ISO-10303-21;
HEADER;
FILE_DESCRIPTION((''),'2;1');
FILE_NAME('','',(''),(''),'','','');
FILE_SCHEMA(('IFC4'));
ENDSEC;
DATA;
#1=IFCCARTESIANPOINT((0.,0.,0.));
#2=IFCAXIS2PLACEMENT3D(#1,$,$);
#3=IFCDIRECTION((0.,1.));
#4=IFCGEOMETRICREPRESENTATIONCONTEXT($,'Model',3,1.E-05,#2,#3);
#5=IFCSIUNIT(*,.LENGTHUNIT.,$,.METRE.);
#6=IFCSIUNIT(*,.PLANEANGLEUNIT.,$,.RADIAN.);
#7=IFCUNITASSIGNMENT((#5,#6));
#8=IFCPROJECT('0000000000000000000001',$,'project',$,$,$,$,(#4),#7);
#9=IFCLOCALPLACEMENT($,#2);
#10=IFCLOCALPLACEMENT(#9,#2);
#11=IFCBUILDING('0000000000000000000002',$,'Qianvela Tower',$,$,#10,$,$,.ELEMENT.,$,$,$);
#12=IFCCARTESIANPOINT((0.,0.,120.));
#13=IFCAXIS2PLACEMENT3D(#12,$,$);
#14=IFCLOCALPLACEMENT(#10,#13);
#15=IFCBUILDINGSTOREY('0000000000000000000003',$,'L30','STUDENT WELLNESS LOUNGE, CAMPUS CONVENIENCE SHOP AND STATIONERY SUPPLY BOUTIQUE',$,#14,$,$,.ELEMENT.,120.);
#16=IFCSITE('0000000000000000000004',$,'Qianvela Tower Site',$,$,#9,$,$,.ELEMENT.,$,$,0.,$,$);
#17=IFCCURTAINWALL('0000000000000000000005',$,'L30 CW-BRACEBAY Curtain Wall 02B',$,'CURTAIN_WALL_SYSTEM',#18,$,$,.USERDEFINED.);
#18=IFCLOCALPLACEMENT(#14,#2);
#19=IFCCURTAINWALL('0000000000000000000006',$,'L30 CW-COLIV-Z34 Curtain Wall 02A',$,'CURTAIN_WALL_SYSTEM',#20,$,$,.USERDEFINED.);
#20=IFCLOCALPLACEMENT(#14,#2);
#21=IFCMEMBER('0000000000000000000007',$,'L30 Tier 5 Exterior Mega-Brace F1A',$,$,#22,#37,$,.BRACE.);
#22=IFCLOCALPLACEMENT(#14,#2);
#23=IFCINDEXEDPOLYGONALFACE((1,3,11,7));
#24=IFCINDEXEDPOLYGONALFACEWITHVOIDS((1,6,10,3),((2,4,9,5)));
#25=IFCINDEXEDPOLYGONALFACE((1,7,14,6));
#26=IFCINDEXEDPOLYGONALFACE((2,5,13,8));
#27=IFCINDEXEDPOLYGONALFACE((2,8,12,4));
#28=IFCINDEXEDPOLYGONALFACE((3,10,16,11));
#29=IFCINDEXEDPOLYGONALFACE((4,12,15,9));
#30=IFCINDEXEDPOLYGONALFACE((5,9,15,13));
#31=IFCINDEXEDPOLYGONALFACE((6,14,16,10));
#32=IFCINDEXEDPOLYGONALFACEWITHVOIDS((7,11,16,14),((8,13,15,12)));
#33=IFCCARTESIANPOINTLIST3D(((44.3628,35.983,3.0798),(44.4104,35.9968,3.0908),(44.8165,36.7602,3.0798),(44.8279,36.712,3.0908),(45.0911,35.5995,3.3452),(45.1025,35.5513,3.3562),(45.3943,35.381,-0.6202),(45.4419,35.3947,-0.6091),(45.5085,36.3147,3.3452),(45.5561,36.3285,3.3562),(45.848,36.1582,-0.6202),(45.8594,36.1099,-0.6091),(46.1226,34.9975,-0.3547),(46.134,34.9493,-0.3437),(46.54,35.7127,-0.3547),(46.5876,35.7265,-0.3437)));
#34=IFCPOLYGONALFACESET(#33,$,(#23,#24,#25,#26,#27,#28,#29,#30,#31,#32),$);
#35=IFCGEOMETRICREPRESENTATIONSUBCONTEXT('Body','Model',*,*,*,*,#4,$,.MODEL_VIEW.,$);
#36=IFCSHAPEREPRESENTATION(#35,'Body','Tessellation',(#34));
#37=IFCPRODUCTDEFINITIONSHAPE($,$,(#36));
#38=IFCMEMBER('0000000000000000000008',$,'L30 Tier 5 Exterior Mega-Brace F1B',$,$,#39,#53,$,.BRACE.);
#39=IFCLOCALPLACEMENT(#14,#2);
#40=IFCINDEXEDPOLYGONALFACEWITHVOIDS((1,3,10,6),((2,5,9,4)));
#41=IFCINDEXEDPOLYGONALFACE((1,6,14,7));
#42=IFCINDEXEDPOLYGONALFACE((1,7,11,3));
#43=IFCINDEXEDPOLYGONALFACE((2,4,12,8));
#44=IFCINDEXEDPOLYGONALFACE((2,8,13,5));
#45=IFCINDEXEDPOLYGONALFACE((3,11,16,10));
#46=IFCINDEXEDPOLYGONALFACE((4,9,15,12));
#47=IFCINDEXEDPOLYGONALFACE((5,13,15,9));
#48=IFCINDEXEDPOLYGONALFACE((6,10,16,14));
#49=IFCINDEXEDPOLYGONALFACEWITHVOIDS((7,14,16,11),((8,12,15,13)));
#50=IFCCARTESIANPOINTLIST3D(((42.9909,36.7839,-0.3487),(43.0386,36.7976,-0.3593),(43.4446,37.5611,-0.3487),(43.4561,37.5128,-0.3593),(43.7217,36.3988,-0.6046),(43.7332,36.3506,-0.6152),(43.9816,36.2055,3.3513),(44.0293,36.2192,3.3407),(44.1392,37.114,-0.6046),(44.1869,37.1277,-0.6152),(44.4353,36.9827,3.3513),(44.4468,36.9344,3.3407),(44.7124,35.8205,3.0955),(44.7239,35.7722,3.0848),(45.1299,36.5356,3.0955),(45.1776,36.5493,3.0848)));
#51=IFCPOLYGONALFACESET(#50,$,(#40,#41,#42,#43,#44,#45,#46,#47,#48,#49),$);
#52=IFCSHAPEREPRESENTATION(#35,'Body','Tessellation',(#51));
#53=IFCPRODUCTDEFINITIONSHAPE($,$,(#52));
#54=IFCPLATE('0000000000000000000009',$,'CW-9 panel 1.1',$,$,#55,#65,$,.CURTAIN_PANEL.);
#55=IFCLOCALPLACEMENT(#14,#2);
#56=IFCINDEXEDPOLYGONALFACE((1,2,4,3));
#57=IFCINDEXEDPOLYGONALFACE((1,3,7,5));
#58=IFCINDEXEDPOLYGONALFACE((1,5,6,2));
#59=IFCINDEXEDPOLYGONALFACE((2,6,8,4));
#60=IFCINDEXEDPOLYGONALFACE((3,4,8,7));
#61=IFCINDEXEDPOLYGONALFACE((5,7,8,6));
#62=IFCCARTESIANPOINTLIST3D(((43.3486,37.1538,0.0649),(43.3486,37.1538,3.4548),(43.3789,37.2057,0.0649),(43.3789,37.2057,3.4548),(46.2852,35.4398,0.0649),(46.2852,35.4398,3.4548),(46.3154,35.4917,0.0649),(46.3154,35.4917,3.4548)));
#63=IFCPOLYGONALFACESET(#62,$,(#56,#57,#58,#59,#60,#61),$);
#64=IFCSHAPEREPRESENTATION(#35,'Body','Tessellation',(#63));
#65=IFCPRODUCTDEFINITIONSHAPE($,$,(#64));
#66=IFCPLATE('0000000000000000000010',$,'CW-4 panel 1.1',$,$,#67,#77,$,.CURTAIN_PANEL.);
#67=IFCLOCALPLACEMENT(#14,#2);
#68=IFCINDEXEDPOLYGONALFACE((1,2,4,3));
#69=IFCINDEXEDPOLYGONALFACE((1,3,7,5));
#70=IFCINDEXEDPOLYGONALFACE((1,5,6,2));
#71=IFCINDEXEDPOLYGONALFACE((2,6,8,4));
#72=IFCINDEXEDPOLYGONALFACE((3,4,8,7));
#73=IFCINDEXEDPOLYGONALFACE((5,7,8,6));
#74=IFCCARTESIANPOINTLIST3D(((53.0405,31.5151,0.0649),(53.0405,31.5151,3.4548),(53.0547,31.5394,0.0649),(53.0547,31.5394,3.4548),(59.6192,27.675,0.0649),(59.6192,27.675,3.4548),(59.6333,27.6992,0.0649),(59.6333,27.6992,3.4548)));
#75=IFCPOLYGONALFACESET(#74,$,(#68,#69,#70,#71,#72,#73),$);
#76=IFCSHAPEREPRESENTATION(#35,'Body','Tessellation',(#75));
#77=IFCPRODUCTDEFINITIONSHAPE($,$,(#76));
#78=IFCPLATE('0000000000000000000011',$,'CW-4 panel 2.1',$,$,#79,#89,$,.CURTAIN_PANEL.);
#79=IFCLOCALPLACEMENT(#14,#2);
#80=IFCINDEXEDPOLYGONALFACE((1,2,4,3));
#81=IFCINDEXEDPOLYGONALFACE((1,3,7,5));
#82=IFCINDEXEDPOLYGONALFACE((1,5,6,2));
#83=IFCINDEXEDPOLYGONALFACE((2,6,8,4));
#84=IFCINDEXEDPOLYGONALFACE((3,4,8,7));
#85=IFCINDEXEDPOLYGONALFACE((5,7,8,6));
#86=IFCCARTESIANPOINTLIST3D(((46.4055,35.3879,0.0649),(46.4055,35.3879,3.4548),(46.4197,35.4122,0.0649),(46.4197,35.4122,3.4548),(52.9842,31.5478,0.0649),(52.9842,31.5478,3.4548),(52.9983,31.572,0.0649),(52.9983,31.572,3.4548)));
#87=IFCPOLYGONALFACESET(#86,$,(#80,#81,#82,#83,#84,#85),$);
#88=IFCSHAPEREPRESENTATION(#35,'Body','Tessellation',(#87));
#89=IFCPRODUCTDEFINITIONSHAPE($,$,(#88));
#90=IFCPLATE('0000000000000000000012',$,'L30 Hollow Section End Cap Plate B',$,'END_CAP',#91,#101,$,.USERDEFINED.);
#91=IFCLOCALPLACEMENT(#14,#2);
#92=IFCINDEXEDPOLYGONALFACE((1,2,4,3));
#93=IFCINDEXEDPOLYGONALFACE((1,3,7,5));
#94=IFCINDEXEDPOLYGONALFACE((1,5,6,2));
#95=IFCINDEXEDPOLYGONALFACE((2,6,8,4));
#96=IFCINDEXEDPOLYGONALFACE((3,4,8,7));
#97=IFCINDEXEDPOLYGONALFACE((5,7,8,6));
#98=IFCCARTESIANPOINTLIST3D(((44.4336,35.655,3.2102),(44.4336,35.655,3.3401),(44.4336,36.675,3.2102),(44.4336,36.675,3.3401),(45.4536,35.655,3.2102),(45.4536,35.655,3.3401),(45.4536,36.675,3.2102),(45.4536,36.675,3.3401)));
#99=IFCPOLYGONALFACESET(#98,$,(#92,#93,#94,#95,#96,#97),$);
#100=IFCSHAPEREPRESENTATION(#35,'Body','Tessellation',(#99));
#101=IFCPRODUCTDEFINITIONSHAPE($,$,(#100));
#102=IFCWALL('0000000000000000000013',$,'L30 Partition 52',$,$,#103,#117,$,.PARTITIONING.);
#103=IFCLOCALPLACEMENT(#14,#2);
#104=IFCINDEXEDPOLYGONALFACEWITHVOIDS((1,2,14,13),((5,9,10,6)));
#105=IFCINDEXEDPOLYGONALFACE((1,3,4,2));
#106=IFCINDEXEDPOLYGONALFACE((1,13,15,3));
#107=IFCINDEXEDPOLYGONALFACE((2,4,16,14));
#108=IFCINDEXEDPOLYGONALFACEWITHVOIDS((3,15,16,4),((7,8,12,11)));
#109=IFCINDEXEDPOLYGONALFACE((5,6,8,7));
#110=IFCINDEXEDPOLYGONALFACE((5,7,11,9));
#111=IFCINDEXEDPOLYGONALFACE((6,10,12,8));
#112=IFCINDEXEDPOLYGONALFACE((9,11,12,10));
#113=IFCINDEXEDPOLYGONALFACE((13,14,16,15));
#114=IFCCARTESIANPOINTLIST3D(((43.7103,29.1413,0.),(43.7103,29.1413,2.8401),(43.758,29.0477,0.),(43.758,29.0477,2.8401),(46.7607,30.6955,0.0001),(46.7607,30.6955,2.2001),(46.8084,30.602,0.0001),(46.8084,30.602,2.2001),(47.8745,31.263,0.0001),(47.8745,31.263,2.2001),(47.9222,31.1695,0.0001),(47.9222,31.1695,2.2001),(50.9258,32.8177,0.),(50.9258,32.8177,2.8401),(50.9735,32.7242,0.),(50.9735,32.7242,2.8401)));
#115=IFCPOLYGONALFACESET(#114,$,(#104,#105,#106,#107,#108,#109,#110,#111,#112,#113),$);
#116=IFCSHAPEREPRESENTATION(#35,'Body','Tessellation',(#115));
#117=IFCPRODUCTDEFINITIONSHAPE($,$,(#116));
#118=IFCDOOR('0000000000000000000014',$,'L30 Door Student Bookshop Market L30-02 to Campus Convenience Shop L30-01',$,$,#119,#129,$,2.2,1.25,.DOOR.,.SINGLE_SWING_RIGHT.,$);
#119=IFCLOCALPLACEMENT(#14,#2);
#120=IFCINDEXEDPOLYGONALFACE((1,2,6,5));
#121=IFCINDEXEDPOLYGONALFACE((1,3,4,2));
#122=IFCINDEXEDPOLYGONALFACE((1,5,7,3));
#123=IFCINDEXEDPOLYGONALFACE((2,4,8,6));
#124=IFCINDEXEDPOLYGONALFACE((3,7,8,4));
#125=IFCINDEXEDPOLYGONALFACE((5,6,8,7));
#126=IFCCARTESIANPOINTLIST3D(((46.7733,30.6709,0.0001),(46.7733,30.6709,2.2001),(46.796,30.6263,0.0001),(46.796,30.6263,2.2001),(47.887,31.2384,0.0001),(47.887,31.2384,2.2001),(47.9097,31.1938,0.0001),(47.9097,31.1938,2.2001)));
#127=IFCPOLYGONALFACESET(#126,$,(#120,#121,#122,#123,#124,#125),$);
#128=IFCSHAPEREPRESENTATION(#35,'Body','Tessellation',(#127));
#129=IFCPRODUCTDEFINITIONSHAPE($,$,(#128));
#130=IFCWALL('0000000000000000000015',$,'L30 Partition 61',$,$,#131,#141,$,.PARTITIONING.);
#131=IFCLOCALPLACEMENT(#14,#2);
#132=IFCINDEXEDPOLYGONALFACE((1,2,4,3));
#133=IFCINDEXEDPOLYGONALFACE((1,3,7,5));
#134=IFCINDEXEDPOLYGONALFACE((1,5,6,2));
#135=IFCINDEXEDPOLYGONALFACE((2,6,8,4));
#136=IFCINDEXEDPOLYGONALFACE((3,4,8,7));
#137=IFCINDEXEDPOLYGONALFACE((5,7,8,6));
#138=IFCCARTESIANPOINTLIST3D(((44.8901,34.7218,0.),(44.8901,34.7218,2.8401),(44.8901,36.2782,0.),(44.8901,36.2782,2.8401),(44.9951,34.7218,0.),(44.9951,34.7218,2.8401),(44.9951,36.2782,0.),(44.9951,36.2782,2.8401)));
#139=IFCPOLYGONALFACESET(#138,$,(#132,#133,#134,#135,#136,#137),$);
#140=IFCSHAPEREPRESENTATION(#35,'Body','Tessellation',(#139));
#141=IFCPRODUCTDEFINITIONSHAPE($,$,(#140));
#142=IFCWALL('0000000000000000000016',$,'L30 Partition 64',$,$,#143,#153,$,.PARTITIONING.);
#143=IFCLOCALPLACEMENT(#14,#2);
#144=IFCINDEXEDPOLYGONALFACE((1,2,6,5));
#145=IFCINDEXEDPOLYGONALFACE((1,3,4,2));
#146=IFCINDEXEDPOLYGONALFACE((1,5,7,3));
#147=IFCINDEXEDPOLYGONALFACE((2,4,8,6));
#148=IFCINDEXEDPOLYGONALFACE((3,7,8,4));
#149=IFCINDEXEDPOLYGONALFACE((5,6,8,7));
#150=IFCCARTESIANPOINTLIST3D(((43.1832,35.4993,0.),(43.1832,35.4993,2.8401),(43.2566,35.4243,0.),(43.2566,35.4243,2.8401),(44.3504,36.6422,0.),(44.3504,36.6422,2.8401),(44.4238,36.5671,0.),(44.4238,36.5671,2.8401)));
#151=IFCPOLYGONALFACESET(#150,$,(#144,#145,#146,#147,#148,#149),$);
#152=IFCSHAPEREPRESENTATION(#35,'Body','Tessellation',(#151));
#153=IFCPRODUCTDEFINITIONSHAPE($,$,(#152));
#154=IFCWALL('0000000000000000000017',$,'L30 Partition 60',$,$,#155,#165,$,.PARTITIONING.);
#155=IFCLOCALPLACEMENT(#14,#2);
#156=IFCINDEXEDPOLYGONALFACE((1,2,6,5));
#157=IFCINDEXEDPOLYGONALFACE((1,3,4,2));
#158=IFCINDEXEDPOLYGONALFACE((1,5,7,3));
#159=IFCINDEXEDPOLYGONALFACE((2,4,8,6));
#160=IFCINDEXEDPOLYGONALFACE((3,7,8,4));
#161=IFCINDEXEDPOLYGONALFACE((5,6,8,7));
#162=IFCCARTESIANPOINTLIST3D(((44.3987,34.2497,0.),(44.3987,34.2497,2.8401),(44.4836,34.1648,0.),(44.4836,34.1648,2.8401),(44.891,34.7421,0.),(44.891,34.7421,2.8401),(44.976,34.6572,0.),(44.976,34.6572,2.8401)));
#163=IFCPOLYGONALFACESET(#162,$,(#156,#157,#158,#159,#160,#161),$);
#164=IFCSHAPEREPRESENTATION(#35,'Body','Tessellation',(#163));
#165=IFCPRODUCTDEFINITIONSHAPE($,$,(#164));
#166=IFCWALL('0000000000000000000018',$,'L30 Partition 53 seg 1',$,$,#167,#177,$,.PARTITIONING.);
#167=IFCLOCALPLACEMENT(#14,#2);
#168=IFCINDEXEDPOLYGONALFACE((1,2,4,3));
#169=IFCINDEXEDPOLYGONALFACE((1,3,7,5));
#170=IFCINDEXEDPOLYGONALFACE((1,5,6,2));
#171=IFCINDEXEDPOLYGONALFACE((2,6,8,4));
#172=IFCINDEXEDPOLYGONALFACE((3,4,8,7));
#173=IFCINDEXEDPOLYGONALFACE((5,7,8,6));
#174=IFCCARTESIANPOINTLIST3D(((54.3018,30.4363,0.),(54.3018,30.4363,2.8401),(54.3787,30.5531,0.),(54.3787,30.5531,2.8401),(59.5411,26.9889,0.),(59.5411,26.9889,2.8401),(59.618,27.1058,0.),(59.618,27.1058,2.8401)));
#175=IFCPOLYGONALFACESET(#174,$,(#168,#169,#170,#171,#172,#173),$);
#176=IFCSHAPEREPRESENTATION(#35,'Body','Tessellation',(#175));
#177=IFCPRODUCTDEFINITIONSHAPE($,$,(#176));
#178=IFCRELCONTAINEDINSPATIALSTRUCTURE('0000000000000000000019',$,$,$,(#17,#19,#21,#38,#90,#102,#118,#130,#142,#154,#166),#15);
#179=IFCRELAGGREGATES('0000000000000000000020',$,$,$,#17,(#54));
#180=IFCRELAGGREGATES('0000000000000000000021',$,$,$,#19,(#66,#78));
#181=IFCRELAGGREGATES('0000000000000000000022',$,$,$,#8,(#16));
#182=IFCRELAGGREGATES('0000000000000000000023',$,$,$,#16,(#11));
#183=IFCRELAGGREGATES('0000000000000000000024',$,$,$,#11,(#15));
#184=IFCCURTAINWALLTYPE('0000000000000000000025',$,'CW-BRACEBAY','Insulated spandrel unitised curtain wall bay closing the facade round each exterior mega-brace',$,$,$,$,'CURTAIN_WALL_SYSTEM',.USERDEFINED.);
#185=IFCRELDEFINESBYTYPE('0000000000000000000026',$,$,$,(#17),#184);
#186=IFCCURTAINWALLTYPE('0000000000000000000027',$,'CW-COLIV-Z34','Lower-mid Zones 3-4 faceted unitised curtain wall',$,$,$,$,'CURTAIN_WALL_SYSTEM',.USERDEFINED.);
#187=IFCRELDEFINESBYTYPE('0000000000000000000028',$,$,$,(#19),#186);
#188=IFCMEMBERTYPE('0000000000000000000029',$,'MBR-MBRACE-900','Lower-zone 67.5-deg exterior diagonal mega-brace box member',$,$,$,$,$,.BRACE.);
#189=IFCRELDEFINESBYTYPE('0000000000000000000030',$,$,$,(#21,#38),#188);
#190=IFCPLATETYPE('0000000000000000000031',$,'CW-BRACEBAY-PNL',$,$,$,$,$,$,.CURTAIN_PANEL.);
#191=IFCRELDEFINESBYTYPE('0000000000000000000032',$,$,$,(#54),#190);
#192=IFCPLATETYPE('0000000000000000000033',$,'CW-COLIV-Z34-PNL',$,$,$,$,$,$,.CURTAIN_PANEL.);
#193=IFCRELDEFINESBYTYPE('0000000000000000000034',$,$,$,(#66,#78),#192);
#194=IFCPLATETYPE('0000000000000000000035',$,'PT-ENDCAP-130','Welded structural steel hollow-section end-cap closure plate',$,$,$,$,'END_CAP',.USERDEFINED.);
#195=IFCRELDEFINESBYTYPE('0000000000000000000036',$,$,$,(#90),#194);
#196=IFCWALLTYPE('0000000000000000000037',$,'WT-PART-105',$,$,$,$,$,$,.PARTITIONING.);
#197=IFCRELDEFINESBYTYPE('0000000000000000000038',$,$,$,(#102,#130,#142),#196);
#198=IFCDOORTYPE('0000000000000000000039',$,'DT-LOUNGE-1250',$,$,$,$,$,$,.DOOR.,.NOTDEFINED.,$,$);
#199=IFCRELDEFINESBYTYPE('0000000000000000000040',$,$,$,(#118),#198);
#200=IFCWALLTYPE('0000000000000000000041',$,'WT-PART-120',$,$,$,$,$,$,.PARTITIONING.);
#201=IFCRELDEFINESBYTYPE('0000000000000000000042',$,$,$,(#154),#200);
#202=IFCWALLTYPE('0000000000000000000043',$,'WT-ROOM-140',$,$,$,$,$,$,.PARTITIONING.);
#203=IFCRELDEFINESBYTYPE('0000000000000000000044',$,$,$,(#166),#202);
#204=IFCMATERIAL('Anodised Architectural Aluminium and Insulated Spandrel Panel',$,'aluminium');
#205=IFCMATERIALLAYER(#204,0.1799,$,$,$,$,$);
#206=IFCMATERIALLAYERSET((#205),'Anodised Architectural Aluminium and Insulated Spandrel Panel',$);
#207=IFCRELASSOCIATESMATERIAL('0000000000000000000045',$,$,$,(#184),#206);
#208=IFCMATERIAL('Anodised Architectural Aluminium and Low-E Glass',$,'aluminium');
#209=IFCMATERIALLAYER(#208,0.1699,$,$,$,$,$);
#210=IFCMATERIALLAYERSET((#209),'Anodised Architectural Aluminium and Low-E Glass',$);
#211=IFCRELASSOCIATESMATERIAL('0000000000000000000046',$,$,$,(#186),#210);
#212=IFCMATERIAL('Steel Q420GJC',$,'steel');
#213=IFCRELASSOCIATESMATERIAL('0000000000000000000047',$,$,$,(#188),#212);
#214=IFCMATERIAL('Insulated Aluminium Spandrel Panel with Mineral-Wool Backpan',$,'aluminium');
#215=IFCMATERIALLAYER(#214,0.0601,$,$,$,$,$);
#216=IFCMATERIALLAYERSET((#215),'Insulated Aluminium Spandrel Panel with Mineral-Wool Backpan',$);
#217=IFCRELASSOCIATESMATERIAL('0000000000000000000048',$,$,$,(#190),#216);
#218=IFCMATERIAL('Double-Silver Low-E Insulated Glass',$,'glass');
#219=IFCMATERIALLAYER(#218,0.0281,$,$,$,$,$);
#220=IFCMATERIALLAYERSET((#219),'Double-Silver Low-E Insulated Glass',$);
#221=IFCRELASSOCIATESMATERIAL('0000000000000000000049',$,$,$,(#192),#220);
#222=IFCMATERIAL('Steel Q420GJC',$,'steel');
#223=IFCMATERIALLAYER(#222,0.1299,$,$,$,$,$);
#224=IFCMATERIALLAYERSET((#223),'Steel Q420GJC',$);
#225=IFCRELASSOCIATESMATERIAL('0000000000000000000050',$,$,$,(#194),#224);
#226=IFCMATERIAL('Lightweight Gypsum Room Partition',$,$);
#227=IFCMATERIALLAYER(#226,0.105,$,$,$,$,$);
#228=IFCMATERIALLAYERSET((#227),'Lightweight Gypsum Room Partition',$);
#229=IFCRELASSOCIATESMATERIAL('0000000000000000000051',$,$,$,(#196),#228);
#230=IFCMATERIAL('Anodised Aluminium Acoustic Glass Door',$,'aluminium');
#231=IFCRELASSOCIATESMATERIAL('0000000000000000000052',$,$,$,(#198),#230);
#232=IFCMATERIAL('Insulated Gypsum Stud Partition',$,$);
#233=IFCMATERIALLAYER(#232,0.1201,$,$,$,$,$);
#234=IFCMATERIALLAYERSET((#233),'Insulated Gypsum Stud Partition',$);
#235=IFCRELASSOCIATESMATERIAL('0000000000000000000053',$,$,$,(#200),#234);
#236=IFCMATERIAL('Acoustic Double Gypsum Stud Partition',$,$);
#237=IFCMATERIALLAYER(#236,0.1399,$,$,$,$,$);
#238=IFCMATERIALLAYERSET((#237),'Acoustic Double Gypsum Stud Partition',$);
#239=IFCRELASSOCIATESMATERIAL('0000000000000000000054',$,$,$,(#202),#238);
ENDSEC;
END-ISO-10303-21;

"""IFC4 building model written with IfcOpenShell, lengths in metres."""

from ifc_helpers import new_model, si_unit, direction, frame, frame_2d, origin, origin_2d, place, context, subcontext, project, spatial, rectangle, hollow_rectangle, extrude, material, layer, layer_set, material_profile, profile_set, type_object, element, fill, aggregate, save


model = new_model("IFC4")

# Units and contexts
model_context = context("Model", 3, precision=1e-05, world=origin(), true_north=direction((0.0, 1.0)))
body_context = subcontext(model_context, "Body", "Model", "MODEL_VIEW")
ifc_project = project(units=[si_unit("LENGTHUNIT", "METRE"), si_unit("PLANEANGLEUNIT", "RADIAN")], contexts=[model_context])

# Site, building, storey
site_placement = place(None, origin())
site = spatial("IfcSite", under=ifc_project, at=site_placement, Name="Qianvela Tower Site", CompositionType="ELEMENT", RefElevation=0.0)
building_placement = place(site_placement, origin())
building = spatial("IfcBuilding", under=site, at=building_placement, Name="Qianvela Tower", CompositionType="ELEMENT")
storey_placement = place(building_placement, frame((0.0, 0.0, 120.0)))
storey = spatial("IfcBuildingStorey", under=building, at=storey_placement, Name="L30", Description="STUDENT WELLNESS LOUNGE, CAMPUS CONVENIENCE SHOP AND STATIONERY SUPPLY BOUTIQUE", CompositionType="ELEMENT", Elevation=120.0)

# Curtain walls
ifc_material_1 = material(Name="Anodised Architectural Aluminium and Insulated Spandrel Panel", Category="aluminium")
ifc_layer_1 = layer(ifc_material_1, 0.1799)
ifc_layer_set_1 = layer_set([ifc_layer_1], Name="Anodised Architectural Aluminium and Insulated Spandrel Panel")
curtain_wall_type_1 = type_object("IfcCurtainWallType", Name="CW-BRACEBAY", Description="Insulated spandrel unitised curtain wall bay closing the facade round each exterior mega-brace", ElementType="CURTAIN_WALL_SYSTEM", PredefinedType="USERDEFINED", material=ifc_layer_set_1)
curtain_wall_1_placement = place(storey_placement, origin())
curtain_wall_1 = element("IfcCurtainWall", 1, at=curtain_wall_1_placement, inside=storey, type_object=curtain_wall_type_1, Name="L30 CW-BRACEBAY Curtain Wall 02B", ObjectType="CURTAIN_WALL_SYSTEM", PredefinedType="USERDEFINED")
ifc_material_2 = material(Name="Anodised Architectural Aluminium and Low-E Glass", Category="aluminium")
ifc_layer_2 = layer(ifc_material_2, 0.1699)
ifc_layer_set_2 = layer_set([ifc_layer_2], Name="Anodised Architectural Aluminium and Low-E Glass")
curtain_wall_type_2 = type_object("IfcCurtainWallType", Name="CW-COLIV-Z34", Description="Lower-mid Zones 3-4 faceted unitised curtain wall", ElementType="CURTAIN_WALL_SYSTEM", PredefinedType="USERDEFINED", material=ifc_layer_set_2)
curtain_wall_2_placement = place(storey_placement, origin())
curtain_wall_2 = element("IfcCurtainWall", 2, at=curtain_wall_2_placement, inside=storey, type_object=curtain_wall_type_2, Name="L30 CW-COLIV-Z34 Curtain Wall 02A", ObjectType="CURTAIN_WALL_SYSTEM", PredefinedType="USERDEFINED")

# Members
ifc_material_3 = material(Name="Steel Q420GJC", Category="steel")
ifc_material_profile_1 = material_profile(ifc_material_3, hollow_rectangle(XDim=0.8999, YDim=0.8999, WallThickness=0.0359, at=origin_2d()), Name="MBOX-900x900x36")
ifc_profile_set_1 = profile_set([ifc_material_profile_1], Name="Steel Q420GJC")
member_type_1 = type_object("IfcMemberType", Name="MBR-MBRACE-900", Description="Lower-zone 67.5-deg exterior diagonal mega-brace box member", PredefinedType="BRACE", material=ifc_profile_set_1)
member_1_placement = place(storey_placement, frame((45.991, 35.5537, -0.4819), z_axis=(-0.265306, 0.154851, 0.951648), x_axis=(-0.504087, -0.863653, 0.0)))
element("IfcMember", 3, at=member_1_placement, inside=storey, type_object=member_type_1, Name="L30 Tier 5 Exterior Mega-Brace F1A", PredefinedType="BRACE", context=body_context, shape_type="SweptSolid", body=[
    extrude(hollow_rectangle(XDim=0.8999, YDim=0.8999, WallThickness=0.0359, at=origin_2d()), origin(), (0.0, 0.0, 1.0), 3.8879),
])
member_2_placement = place(storey_placement, frame((43.5889, 36.9558, -0.4819), z_axis=(0.255755, -0.149306, 0.955142), x_axis=(0.504162, 0.863609, 0.0)))
element("IfcMember", 4, at=member_2_placement, inside=storey, type_object=member_type_1, Name="L30 Tier 5 Exterior Mega-Brace F1B", PredefinedType="BRACE", context=body_context, shape_type="SweptSolid", body=[
    extrude(hollow_rectangle(XDim=0.8999, YDim=0.8999, WallThickness=0.0359, at=origin_2d()), origin(), (0.0, 0.0, 1.0), 3.8738),
])

# Plates
ifc_material_4 = material(Name="Insulated Aluminium Spandrel Panel with Mineral-Wool Backpan", Category="aluminium")
ifc_layer_3 = layer(ifc_material_4, 0.0601)
ifc_layer_set_3 = layer_set([ifc_layer_3], Name="Insulated Aluminium Spandrel Panel with Mineral-Wool Backpan")
plate_type_1 = type_object("IfcPlateType", Name="CW-BRACEBAY-PNL", PredefinedType="CURTAIN_PANEL", material=ifc_layer_set_3)
plate_1_placement = place(storey_placement, frame((44.832, 36.3228, 0.0649), z_axis=(0.0, 0.0, 1.0), x_axis=(-0.863644, 0.504102, 0.0)))
plate_1 = element("IfcPlate", 5, at=plate_1_placement, type_object=plate_type_1, Name="CW-9 panel 1.1", PredefinedType="CURTAIN_PANEL", context=body_context, shape_type="SweptSolid", body=[
    extrude(rectangle(XDim=3.4001, YDim=0.0601, at=origin_2d()), origin(), (0.0, 0.0, 1.0), 3.3899),
])
aggregate(curtain_wall_1, [plate_1])
ifc_material_5 = material(Name="Double-Silver Low-E Insulated Glass", Category="glass")
ifc_layer_4 = layer(ifc_material_5, 0.0281)
ifc_layer_set_4 = layer_set([ifc_layer_4], Name="Double-Silver Low-E Insulated Glass")
plate_type_2 = type_object("IfcPlateType", Name="CW-COLIV-Z34-PNL", PredefinedType="CURTAIN_PANEL", material=ifc_layer_set_4)
plate_2_placement = place(storey_placement, frame((56.3369, 29.6072, 0.0649), z_axis=(0.0, 0.0, 1.0), x_axis=(-0.863632, 0.504123, 0.0)))
plate_2 = element("IfcPlate", 6, at=plate_2_placement, type_object=plate_type_2, Name="CW-4 panel 1.1", PredefinedType="CURTAIN_PANEL", context=body_context, shape_type="SweptSolid", body=[
    extrude(rectangle(XDim=7.6174, YDim=0.0281, at=origin_2d()), origin(), (0.0, 0.0, 1.0), 3.3899),
])
plate_3_placement = place(storey_placement, frame((49.7019, 33.48, 0.0649), z_axis=(0.0, 0.0, 1.0), x_axis=(-0.863632, 0.504123, 0.0)))
plate_3 = element("IfcPlate", 7, at=plate_3_placement, type_object=plate_type_2, Name="CW-4 panel 2.1", PredefinedType="CURTAIN_PANEL", context=body_context, shape_type="SweptSolid", body=[
    extrude(rectangle(XDim=7.6174, YDim=0.0281, at=origin_2d()), origin(), (0.0, 0.0, 1.0), 3.3899),
])
aggregate(curtain_wall_2, [plate_2, plate_3])
ifc_material_6 = material(Name="Steel Q420GJC", Category="steel")
ifc_layer_5 = layer(ifc_material_6, 0.1299)
ifc_layer_set_5 = layer_set([ifc_layer_5], Name="Steel Q420GJC")
plate_type_3 = type_object("IfcPlateType", Name="PT-ENDCAP-130", Description="Welded structural steel hollow-section end-cap closure plate", ElementType="END_CAP", PredefinedType="USERDEFINED", material=ifc_layer_set_5)
plate_4_placement = place(storey_placement, frame((44.9436, 36.165, 3.2102), z_axis=(0.0, 0.0, 1.0), x_axis=(1.0, 0.0, 0.0)))
element("IfcPlate", 8, at=plate_4_placement, inside=storey, type_object=plate_type_3, Name="L30 Hollow Section End Cap Plate B", ObjectType="END_CAP", PredefinedType="USERDEFINED", context=body_context, shape_type="SweptSolid", body=[
    extrude(rectangle(XDim=1.02, YDim=1.02, at=origin_2d()), origin(), (0.0, 0.0, 1.0), 0.1299),
])

# Wall, opening, door
ifc_material_7 = material(Name="Lightweight Gypsum Room Partition")
ifc_layer_6 = layer(ifc_material_7, 0.105)
ifc_layer_set_6 = layer_set([ifc_layer_6], Name="Lightweight Gypsum Room Partition")
wall_type_1 = type_object("IfcWallType", Name="WT-PART-105", PredefinedType="PARTITIONING", material=ifc_layer_set_6)
wall_1_placement = place(storey_placement, frame((43.7341, 29.0945, 0.0), z_axis=(0.0, 0.0, 1.0), x_axis=(0.891007, 0.45399, 0.0)))
wall_1 = element("IfcWall", 9, at=wall_1_placement, inside=storey, type_object=wall_type_1, Name="L30 Partition 52", PredefinedType="PARTITIONING", context=body_context, shape_type="SweptSolid", body=[
    extrude(rectangle(XDim=8.0981, YDim=0.105, at=frame_2d((4.0491, 0.0))), origin(), (0.0, 0.0, 1.0), 2.8401),
])
opening_placement = place(wall_1_placement, frame((3.4236, 0.0, 0.0)))
opening = element("IfcOpeningElement", 10, at=opening_placement, cuts=wall_1, PredefinedType="OPENING", context=body_context, shape_type="SweptSolid", body=[
    extrude(rectangle(XDim=1.25, YDim=2.2, at=frame_2d((0.625, 1.1001))), frame((0.0, 0.0625, 0.0), z_axis=(0.0, -1.0, 0.0), x_axis=(1.0, 0.0, 0.0)), (0.0, 0.0, 1.0), 0.125),
])
ifc_material_8 = material(Name="Anodised Aluminium Acoustic Glass Door", Category="aluminium")
door_type = type_object("IfcDoorType", Name="DT-LOUNGE-1250", OperationType="NOTDEFINED", PredefinedType="DOOR", material=ifc_material_8)
door_placement = place(opening_placement, origin())
door = element("IfcDoor", 11, at=door_placement, inside=storey, type_object=door_type, Name="L30 Door Student Bookshop Market L30-02 to Campus Convenience Shop L30-01", OperationType="SINGLE_SWING_RIGHT", OverallHeight=2.2, OverallWidth=1.25, PredefinedType="DOOR", context=body_context, shape_type="SweptSolid", body=[
    extrude(rectangle(XDim=1.25, YDim=2.2, at=frame_2d((0.625, 1.1001))), frame((0.0, 0.0249, 0.0), z_axis=(0.0, -1.0, 0.0), x_axis=(1.0, 0.0, 0.0)), (0.0, 0.0, 1.0), 0.05),
])
fill(opening, door)

# Walls
wall_2_placement = place(storey_placement, frame((44.9426, 34.7217, 0.0), z_axis=(0.0, 0.0, 1.0), x_axis=(0.0, 1.0, 0.0)))
element("IfcWall", 12, at=wall_2_placement, inside=storey, type_object=wall_type_1, Name="L30 Partition 61", PredefinedType="PARTITIONING", context=body_context, shape_type="SweptSolid", body=[
    extrude(rectangle(XDim=1.5564, YDim=0.105, at=frame_2d((0.7783, 0.0))), origin(), (0.0, 0.0, 1.0), 2.8401),
])
wall_3_placement = place(storey_placement, frame((44.3872, 36.6047, 0.0), z_axis=(0.0, 0.0, 1.0), x_axis=(-0.71454, -0.699595, 0.0)))
element("IfcWall", 13, at=wall_3_placement, inside=storey, type_object=wall_type_1, Name="L30 Partition 64", PredefinedType="PARTITIONING", context=body_context, shape_type="SweptSolid", body=[
    extrude(rectangle(XDim=1.6335, YDim=0.105, at=frame_2d((0.8169, 0.0))), origin(), (0.0, 0.0, 1.0), 2.8401),
])
ifc_material_9 = material(Name="Insulated Gypsum Stud Partition")
ifc_layer_7 = layer(ifc_material_9, 0.1201)
ifc_layer_set_7 = layer_set([ifc_layer_7], Name="Insulated Gypsum Stud Partition")
wall_type_2 = type_object("IfcWallType", Name="WT-PART-120", PredefinedType="PARTITIONING", material=ifc_layer_set_7)
wall_4_placement = place(storey_placement, frame((44.4412, 34.2073, 0.0), z_axis=(0.0, 0.0, 1.0), x_axis=(0.707107, 0.707107, 0.0)))
element("IfcWall", 14, at=wall_4_placement, inside=storey, type_object=wall_type_2, Name="L30 Partition 60", PredefinedType="PARTITIONING", context=body_context, shape_type="SweptSolid", body=[
    extrude(rectangle(XDim=0.6963, YDim=0.1201, at=frame_2d((0.3481, 0.0))), origin(), (0.0, 0.0, 1.0), 2.8401),
])
ifc_material_10 = material(Name="Acoustic Double Gypsum Stud Partition")
ifc_layer_8 = layer(ifc_material_10, 0.1399)
ifc_layer_set_8 = layer_set([ifc_layer_8], Name="Acoustic Double Gypsum Stud Partition")
wall_type_3 = type_object("IfcWallType", Name="WT-ROOM-140", PredefinedType="PARTITIONING", material=ifc_layer_set_8)
wall_5_placement = place(storey_placement, frame((54.3403, 30.4946, 0.0), z_axis=(0.0, 0.0, 1.0), x_axis=(0.835389, -0.549659, 0.0)))
element("IfcWall", 15, at=wall_5_placement, inside=storey, type_object=wall_type_3, Name="L30 Partition 53 seg 1", PredefinedType="PARTITIONING", context=body_context, shape_type="SweptSolid", body=[
    extrude(rectangle(XDim=6.2717, YDim=0.1399, at=frame_2d((3.1357, 0.0))), origin(), (0.0, 0.0, 1.0), 2.8401),
])

save(model, "model.ifc")
